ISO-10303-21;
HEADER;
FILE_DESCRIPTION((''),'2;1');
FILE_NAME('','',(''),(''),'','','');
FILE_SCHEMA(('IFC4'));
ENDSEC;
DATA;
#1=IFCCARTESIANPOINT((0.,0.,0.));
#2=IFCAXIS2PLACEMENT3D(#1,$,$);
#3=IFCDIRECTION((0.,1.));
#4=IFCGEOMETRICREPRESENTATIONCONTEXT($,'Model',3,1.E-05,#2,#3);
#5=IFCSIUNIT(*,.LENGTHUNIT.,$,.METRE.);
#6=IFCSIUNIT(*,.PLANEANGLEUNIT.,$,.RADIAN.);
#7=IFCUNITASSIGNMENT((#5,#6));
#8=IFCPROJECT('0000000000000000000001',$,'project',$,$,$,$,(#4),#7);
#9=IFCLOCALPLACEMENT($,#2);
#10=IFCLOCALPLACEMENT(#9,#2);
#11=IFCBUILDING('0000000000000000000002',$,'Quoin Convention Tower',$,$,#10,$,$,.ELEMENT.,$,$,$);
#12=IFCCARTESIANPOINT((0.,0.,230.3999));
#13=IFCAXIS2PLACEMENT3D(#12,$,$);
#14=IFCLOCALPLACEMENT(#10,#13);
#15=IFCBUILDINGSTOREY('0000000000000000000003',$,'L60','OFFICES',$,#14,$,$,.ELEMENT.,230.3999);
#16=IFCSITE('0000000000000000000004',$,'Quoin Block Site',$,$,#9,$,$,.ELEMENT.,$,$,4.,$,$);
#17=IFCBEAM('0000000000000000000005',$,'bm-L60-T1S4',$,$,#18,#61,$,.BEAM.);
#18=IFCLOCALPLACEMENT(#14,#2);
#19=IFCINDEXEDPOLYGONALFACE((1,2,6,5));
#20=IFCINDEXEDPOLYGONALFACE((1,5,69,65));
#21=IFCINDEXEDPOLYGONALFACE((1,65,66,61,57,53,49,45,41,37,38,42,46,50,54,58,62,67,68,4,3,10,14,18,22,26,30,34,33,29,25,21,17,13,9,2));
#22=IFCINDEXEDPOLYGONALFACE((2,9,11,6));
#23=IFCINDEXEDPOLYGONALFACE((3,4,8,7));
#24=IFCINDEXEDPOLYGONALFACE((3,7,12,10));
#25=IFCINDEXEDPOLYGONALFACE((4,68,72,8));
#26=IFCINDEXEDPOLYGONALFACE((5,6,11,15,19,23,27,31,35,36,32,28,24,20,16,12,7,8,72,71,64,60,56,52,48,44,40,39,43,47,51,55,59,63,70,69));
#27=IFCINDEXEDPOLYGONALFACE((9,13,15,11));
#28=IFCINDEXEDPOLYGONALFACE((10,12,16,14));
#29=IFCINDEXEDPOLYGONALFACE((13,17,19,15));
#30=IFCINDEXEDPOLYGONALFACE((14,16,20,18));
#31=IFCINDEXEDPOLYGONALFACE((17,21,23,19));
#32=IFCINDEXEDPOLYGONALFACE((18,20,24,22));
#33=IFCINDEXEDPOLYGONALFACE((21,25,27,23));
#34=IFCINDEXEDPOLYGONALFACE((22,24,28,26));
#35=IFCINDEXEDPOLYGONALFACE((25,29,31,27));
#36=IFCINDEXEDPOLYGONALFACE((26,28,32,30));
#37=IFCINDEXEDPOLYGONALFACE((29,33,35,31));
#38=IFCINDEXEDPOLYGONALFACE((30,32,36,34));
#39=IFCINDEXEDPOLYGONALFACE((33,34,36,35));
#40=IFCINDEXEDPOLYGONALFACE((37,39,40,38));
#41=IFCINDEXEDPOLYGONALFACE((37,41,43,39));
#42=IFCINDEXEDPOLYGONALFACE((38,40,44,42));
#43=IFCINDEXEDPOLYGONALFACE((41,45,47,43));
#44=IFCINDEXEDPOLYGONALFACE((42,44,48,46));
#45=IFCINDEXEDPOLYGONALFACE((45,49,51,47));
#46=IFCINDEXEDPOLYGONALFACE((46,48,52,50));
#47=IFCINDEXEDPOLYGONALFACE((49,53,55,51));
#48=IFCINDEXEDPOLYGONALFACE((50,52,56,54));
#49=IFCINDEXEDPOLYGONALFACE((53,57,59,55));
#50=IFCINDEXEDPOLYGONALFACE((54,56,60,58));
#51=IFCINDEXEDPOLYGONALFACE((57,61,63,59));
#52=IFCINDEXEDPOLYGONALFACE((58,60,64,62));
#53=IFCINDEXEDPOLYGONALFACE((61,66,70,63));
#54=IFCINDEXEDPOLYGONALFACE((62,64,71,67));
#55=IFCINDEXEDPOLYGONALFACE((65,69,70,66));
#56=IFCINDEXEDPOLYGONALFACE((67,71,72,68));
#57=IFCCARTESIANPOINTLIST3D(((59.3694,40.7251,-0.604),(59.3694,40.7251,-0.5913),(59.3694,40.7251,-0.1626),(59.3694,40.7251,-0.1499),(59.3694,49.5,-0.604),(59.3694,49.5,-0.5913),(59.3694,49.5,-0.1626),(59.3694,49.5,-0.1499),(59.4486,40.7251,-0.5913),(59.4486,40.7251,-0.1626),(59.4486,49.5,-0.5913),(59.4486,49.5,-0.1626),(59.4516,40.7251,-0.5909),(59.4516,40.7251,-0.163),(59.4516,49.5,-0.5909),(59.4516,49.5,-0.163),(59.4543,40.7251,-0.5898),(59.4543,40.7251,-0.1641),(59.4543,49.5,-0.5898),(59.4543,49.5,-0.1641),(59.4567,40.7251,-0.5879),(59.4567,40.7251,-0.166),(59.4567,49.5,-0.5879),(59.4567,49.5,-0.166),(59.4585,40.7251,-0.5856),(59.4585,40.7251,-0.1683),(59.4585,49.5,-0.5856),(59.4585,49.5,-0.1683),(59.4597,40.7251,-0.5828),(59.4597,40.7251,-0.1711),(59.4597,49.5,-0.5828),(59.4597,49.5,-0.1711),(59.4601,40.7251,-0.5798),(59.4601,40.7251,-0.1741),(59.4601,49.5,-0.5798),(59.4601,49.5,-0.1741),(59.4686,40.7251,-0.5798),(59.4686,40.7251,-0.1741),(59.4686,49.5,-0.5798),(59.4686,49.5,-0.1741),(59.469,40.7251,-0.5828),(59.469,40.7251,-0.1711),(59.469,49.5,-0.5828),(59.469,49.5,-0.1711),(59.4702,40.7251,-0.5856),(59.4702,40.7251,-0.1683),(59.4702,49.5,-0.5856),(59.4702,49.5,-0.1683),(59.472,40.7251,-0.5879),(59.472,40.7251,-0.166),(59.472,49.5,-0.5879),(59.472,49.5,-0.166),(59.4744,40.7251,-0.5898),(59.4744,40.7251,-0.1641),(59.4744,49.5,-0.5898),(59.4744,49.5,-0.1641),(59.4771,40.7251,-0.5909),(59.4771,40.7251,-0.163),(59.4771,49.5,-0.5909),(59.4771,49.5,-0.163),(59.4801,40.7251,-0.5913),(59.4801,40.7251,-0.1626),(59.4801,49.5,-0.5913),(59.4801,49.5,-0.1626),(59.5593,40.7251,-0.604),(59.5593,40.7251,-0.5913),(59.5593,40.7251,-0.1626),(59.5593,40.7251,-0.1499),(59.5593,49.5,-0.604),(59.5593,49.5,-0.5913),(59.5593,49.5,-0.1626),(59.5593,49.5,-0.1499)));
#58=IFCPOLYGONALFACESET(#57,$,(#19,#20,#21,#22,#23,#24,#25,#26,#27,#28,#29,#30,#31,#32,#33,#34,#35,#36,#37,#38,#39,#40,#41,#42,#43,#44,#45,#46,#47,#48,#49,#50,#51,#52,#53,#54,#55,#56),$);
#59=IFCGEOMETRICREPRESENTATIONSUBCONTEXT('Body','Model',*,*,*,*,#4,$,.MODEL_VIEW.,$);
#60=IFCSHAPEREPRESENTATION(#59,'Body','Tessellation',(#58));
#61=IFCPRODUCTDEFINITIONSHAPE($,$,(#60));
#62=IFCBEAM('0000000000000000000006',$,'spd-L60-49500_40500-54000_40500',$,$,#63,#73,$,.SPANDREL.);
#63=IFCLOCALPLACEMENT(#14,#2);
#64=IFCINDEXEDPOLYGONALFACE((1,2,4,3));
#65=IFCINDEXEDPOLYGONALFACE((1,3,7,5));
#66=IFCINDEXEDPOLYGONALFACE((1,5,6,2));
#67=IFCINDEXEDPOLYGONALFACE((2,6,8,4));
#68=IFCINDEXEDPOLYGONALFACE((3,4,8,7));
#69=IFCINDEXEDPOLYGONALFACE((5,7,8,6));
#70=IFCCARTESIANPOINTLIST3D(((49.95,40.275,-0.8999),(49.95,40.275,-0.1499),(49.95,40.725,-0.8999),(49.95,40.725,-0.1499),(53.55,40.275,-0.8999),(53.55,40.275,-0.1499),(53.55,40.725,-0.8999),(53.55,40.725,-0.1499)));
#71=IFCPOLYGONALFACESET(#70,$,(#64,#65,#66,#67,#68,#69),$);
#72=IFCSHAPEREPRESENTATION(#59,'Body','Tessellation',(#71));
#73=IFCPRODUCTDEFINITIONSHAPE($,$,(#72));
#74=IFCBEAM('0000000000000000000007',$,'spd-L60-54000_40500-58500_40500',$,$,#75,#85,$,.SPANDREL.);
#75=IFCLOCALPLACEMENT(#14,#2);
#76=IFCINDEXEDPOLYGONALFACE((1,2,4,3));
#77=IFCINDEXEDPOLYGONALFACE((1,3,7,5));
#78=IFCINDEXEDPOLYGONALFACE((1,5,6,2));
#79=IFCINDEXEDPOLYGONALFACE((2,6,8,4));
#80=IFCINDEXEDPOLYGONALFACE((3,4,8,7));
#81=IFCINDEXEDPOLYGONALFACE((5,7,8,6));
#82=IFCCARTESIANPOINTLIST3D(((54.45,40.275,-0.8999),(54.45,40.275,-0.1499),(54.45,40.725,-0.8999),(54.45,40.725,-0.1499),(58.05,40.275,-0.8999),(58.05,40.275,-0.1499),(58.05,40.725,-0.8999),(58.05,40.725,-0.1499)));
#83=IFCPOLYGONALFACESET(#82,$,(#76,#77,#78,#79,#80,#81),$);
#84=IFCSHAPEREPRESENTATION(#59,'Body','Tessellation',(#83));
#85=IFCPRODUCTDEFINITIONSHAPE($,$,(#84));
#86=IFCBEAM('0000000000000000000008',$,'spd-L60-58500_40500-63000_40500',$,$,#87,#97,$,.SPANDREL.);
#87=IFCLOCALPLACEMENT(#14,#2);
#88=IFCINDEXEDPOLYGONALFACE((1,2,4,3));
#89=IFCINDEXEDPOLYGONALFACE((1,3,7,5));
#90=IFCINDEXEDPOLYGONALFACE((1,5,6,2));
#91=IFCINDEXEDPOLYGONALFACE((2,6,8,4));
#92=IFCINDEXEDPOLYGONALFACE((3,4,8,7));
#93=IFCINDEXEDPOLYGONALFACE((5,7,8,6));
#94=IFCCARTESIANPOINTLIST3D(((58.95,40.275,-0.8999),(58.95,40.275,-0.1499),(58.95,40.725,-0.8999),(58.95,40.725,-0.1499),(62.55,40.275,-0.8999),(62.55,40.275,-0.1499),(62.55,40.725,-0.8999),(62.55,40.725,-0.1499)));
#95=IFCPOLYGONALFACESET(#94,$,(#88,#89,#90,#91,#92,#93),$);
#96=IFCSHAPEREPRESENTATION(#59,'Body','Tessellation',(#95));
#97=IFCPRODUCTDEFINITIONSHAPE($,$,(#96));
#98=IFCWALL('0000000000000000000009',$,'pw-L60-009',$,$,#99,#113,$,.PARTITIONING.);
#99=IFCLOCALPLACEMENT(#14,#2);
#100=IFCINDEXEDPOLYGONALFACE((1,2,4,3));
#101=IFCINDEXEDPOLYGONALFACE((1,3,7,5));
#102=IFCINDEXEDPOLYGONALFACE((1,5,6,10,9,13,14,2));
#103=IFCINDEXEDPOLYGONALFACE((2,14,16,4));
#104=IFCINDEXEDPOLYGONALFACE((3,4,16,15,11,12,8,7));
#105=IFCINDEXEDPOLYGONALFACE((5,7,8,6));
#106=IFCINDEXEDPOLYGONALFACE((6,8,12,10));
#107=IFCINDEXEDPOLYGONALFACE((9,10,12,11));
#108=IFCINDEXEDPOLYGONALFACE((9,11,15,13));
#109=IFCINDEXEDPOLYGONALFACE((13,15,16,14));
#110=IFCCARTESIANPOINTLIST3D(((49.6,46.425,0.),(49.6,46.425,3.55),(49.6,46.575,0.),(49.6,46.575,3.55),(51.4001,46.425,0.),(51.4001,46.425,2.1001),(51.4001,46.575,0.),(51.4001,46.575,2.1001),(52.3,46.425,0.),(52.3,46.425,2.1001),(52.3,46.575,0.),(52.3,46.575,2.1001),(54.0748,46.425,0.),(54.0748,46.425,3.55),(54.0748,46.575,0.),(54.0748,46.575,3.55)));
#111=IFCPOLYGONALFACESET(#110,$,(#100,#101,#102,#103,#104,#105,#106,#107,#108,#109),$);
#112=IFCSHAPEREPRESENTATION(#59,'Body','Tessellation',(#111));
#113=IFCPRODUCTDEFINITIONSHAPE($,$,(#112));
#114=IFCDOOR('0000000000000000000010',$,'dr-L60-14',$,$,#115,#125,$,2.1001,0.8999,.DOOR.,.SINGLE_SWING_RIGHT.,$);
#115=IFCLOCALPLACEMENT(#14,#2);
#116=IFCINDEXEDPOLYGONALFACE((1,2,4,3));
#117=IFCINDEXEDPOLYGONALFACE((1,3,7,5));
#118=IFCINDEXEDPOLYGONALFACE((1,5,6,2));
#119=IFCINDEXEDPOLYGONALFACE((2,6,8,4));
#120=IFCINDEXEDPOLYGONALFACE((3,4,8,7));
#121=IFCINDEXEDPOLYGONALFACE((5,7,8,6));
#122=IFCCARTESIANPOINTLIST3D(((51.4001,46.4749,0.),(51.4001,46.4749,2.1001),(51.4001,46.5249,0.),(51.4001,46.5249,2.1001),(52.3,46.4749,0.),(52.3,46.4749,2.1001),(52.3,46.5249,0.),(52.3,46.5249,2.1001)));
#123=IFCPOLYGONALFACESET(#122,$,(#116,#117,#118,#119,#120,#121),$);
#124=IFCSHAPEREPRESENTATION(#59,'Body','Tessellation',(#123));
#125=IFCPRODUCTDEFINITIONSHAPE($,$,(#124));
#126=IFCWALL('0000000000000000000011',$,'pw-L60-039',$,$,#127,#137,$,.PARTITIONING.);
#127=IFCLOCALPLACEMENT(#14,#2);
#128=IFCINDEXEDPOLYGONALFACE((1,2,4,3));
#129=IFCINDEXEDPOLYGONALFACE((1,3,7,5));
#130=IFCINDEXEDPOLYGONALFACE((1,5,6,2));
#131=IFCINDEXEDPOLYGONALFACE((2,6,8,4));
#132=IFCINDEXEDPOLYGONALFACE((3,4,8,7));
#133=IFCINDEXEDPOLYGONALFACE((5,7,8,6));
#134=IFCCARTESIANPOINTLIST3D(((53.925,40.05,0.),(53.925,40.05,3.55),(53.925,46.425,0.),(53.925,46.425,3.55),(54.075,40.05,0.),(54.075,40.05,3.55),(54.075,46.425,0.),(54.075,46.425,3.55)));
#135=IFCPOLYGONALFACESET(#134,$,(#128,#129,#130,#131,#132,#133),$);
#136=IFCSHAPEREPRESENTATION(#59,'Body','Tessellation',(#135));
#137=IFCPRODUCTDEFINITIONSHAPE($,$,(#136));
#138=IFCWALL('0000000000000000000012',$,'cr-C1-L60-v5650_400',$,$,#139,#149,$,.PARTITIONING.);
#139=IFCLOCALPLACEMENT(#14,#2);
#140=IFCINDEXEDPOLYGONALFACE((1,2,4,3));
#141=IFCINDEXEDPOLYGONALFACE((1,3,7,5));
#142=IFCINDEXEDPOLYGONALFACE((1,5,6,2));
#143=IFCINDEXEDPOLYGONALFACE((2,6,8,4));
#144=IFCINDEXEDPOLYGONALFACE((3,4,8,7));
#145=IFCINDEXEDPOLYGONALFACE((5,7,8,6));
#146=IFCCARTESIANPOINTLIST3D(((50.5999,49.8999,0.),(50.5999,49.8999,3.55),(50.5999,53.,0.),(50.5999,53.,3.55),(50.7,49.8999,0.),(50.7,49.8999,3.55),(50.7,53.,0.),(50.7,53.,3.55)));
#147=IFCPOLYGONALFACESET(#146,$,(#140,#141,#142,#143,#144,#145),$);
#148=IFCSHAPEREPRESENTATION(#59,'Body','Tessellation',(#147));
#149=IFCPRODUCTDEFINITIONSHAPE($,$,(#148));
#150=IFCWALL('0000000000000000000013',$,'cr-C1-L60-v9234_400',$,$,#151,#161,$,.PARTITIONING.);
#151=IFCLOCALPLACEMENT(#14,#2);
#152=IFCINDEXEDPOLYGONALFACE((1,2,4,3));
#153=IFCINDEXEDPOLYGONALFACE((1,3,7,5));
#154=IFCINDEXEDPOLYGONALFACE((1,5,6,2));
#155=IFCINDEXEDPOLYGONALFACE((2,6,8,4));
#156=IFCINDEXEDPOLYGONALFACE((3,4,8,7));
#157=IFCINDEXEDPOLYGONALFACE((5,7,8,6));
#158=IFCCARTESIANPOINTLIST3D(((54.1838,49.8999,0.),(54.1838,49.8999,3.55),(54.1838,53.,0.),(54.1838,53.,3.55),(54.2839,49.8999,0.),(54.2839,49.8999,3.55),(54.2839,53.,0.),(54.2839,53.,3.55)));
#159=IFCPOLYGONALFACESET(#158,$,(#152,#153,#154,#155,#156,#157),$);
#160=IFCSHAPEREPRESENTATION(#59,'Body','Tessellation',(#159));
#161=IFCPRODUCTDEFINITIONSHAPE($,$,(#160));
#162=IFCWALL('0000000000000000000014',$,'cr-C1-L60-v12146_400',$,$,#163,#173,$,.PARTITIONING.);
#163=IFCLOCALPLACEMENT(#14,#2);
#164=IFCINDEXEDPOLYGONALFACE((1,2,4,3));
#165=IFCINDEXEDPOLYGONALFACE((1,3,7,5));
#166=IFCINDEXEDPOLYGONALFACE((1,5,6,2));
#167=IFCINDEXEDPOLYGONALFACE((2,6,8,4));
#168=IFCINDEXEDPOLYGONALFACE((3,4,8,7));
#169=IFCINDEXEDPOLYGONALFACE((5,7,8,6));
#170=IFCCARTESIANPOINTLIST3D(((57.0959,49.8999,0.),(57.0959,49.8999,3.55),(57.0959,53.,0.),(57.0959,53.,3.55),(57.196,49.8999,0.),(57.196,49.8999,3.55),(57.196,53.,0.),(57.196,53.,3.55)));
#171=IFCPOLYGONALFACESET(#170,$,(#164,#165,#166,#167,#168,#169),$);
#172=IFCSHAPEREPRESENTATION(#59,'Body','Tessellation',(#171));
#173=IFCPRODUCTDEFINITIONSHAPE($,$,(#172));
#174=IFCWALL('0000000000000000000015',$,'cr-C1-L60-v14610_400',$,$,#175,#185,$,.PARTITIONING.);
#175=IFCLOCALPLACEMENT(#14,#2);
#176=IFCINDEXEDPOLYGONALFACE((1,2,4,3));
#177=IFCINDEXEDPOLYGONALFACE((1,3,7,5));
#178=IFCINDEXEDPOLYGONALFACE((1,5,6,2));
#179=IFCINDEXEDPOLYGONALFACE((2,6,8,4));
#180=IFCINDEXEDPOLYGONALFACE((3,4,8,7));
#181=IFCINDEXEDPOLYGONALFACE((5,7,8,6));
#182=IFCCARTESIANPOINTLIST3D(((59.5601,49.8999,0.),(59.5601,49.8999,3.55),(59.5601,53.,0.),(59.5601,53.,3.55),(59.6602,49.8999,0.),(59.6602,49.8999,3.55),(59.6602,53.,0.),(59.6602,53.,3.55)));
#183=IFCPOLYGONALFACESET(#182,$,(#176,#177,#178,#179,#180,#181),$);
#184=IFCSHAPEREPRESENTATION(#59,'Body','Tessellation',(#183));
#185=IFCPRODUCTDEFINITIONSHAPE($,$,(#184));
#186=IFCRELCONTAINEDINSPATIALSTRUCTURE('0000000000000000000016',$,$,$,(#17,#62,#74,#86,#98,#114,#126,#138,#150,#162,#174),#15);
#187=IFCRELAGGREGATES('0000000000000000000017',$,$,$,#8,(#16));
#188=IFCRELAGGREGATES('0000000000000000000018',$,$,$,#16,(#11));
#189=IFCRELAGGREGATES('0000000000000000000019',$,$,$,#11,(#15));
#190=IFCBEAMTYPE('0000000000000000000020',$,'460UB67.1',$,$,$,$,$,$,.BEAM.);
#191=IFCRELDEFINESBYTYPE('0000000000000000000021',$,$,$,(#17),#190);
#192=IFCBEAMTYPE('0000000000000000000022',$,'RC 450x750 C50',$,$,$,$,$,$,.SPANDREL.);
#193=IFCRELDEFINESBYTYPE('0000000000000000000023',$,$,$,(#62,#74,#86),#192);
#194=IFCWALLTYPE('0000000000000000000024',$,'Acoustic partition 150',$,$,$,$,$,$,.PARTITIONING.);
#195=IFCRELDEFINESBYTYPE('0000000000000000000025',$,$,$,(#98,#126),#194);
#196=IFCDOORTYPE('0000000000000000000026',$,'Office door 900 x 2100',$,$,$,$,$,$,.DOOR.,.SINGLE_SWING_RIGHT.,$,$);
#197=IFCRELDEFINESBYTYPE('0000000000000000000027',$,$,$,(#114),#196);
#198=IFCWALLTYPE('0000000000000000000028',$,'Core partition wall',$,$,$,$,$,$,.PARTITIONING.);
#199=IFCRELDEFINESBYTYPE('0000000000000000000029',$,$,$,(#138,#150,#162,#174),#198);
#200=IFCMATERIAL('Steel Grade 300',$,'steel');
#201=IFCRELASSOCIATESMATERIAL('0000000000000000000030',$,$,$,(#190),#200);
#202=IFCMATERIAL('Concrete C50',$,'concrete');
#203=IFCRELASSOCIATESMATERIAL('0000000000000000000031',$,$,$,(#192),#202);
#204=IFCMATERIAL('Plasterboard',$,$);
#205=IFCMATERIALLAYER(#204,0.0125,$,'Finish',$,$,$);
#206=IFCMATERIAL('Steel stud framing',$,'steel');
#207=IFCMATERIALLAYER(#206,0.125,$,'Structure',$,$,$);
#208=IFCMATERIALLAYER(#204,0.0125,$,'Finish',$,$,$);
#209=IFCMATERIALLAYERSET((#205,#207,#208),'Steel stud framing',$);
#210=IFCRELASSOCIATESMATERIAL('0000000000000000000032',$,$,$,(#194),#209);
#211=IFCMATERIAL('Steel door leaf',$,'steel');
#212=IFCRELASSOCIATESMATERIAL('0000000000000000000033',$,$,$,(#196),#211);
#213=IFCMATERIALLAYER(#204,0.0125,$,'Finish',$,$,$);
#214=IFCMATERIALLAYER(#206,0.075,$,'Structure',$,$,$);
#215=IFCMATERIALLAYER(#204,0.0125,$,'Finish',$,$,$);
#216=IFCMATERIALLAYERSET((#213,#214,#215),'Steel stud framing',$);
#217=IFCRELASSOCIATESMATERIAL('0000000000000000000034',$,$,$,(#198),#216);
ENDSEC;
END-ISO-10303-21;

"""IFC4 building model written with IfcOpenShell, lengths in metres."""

from ifc_helpers import new_model, si_unit, direction, frame, frame_2d, origin, origin_2d, place, context, subcontext, project, spatial, rectangle, i_section, extrude, material, layer, layer_set, material_profile, profile_set, type_object, element, fill, save


model = new_model("IFC4")

# Units and contexts
model_context = context("Model", 3, precision=1e-05, world=origin(), true_north=direction((0.0, 1.0)))
body_context = subcontext(model_context, "Body", "Model", "MODEL_VIEW")
ifc_project = project(units=[si_unit("LENGTHUNIT", "METRE"), si_unit("PLANEANGLEUNIT", "RADIAN")], contexts=[model_context])

# Site, building, storey
site_placement = place(None, origin())
site = spatial("IfcSite", under=ifc_project, at=site_placement, Name="Quoin Block Site", CompositionType="ELEMENT", RefElevation=4.0)
building_placement = place(site_placement, origin())
building = spatial("IfcBuilding", under=site, at=building_placement, Name="Quoin Convention Tower", CompositionType="ELEMENT")
storey_placement = place(building_placement, frame((0.0, 0.0, 230.3999)))
storey = spatial("IfcBuildingStorey", under=building, at=storey_placement, Name="L60", Description="OFFICES", CompositionType="ELEMENT", Elevation=230.3999)

# Shared definitions
ifc_material_1 = material(Name="Concrete C50", Category="concrete")

# Beams
ifc_material_2 = material(Name="Steel Grade 300", Category="steel")
ifc_material_profile_1 = material_profile(ifc_material_2, i_section(OverallWidth=0.1899, OverallDepth=0.4541, WebThickness=0.0085, FlangeThickness=0.0127, FilletRadius=0.0115, at=origin_2d()), Name="460UB67.1")
ifc_profile_set_1 = profile_set([ifc_material_profile_1], Name="Steel Grade 300")
beam_type_1 = type_object("IfcBeamType", Name="460UB67.1", PredefinedType="BEAM", material=ifc_profile_set_1)
for number, where, z_axis, x_axis, name in (
    (1, (59.4644, 40.7251, -0.377), (0.0, 1.0, 0.0), (-1.0, 0.0, 0.0), "bm-L60-T1S4"),
):
    element("IfcBeam", number, at=place(storey_placement, frame(where, z_axis=z_axis, x_axis=x_axis)), inside=storey, type_object=beam_type_1, Name=name, PredefinedType="BEAM", context=body_context, shape_type="SweptSolid", body=[
        extrude(i_section(OverallWidth=0.1899, OverallDepth=0.4541, WebThickness=0.0085, FlangeThickness=0.0127, FilletRadius=0.0115, at=origin_2d()), origin(), (0.0, 0.0, 1.0), 8.7749),
    ])
ifc_material_profile_2 = material_profile(ifc_material_1, rectangle(XDim=0.45, YDim=0.75, at=origin_2d()), Name="RC 450x750")
ifc_profile_set_2 = profile_set([ifc_material_profile_2], Name="Concrete C50")
beam_type_2 = type_object("IfcBeamType", Name="RC 450x750 C50", PredefinedType="SPANDREL", material=ifc_profile_set_2)
for number, where, z_axis, x_axis, name in (
    (2, (49.95, 40.5, -0.5249), (1.0, 0.0, 0.0), (0.0, 1.0, 0.0), "spd-L60-49500_40500-54000_40500"),
    (3, (54.45, 40.5, -0.5249), (1.0, 0.0, 0.0), (0.0, 1.0, 0.0), "spd-L60-54000_40500-58500_40500"),
    (4, (58.95, 40.5, -0.5249), (1.0, 0.0, 0.0), (0.0, 1.0, 0.0), "spd-L60-58500_40500-63000_40500"),
):
    element("IfcBeam", number, at=place(storey_placement, frame(where, z_axis=z_axis, x_axis=x_axis)), inside=storey, type_object=beam_type_2, Name=name, PredefinedType="SPANDREL", context=body_context, shape_type="SweptSolid", body=[
        extrude(rectangle(XDim=0.45, YDim=0.75, at=origin_2d()), origin(), (0.0, 0.0, 1.0), 3.6001),
    ])

# Wall, opening, door
ifc_material_3 = material(Name="Plasterboard")
ifc_layer_1 = layer(ifc_material_3, 0.0125, Name="Finish")
ifc_material_4 = material(Name="Steel stud framing", Category="steel")
ifc_layer_2 = layer(ifc_material_4, 0.125, Name="Structure")
ifc_layer_3 = layer(ifc_material_3, 0.0125, Name="Finish")
ifc_layer_set_1 = layer_set([ifc_layer_1, ifc_layer_2, ifc_layer_3], Name="Steel stud framing")
wall_type_1 = type_object("IfcWallType", Name="Acoustic partition 150", PredefinedType="PARTITIONING", material=ifc_layer_set_1)
wall_1_placement = place(storey_placement, frame((49.6001, 46.5, 0.0), z_axis=(0.0, 0.0, 1.0), x_axis=(1.0, 0.0, 0.0)))
wall_1 = element("IfcWall", 5, at=wall_1_placement, inside=storey, type_object=wall_type_1, Name="pw-L60-009", PredefinedType="PARTITIONING", context=body_context, shape_type="SweptSolid", body=[
    extrude(rectangle(XDim=4.4749, YDim=0.1499, at=frame_2d((2.2373, 0.0))), origin(), (0.0, 0.0, 1.0), 3.55),
])
opening_1_placement = place(wall_1_placement, frame((1.8, 0.0, 0.0)))
opening_1 = element("IfcOpeningElement", 6, at=opening_1_placement, cuts=wall_1, PredefinedType="OPENING", context=body_context, shape_type="SweptSolid", body=[
    extrude(rectangle(XDim=0.8999, YDim=2.1001, at=frame_2d((0.45, 1.05))), frame((0.0, 0.085, 0.0), z_axis=(0.0, -1.0, 0.0), x_axis=(1.0, 0.0, 0.0)), (0.0, 0.0, 1.0), 0.1699),
])
ifc_material_5 = material(Name="Steel door leaf", Category="steel")
door_type_1 = type_object("IfcDoorType", Name="Office door 900 x 2100", OperationType="SINGLE_SWING_RIGHT", PredefinedType="DOOR", material=ifc_material_5)
door_1_placement = place(opening_1_placement, origin())
door_1 = element("IfcDoor", 7, at=door_1_placement, inside=storey, type_object=door_type_1, Name="dr-L60-14", OperationType="SINGLE_SWING_RIGHT", OverallHeight=2.1001, OverallWidth=0.8999, PredefinedType="DOOR", context=body_context, shape_type="SweptSolid", body=[
    extrude(rectangle(XDim=0.8999, YDim=2.1001, at=frame_2d((0.45, 1.05))), frame((0.0, 0.0249, 0.0), z_axis=(0.0, -1.0, 0.0), x_axis=(1.0, 0.0, 0.0)), (0.0, 0.0, 1.0), 0.05),
])
fill(opening_1, door_1)

# Walls
wall_2_placement = place(storey_placement, frame((54.0, 40.05, 0.0), z_axis=(0.0, 0.0, 1.0), x_axis=(0.0, 1.0, 0.0)))
element("IfcWall", 8, at=wall_2_placement, inside=storey, type_object=wall_type_1, Name="pw-L60-039", PredefinedType="PARTITIONING", context=body_context, shape_type="SweptSolid", body=[
    extrude(rectangle(XDim=6.375, YDim=0.1499, at=frame_2d((3.1875, 0.0))), origin(), (0.0, 0.0, 1.0), 3.55),
])
ifc_layer_4 = layer(ifc_material_3, 0.0125, Name="Finish")
ifc_layer_5 = layer(ifc_material_4, 0.075, Name="Structure")
ifc_layer_6 = layer(ifc_material_3, 0.0125, Name="Finish")
ifc_layer_set_2 = layer_set([ifc_layer_4, ifc_layer_5, ifc_layer_6], Name="Steel stud framing")
wall_type_2 = type_object("IfcWallType", Name="Core partition wall", PredefinedType="PARTITIONING", material=ifc_layer_set_2)
for number, where, z_axis, x_axis, name in (
    (9, (50.6499, 49.8999, 0.0), (0.0, 0.0, 1.0), (0.0, 1.0, 0.0), "cr-C1-L60-v5650_400"),
    (10, (54.2339, 49.8999, 0.0), (0.0, 0.0, 1.0), (0.0, 1.0, 0.0), "cr-C1-L60-v9234_400"),
    (11, (57.146, 49.8999, 0.0), (0.0, 0.0, 1.0), (0.0, 1.0, 0.0), "cr-C1-L60-v12146_400"),
    (12, (59.6101, 49.8999, 0.0), (0.0, 0.0, 1.0), (0.0, 1.0, 0.0), "cr-C1-L60-v14610_400"),
):
    element("IfcWall", number, at=place(storey_placement, frame(where, z_axis=z_axis, x_axis=x_axis)), inside=storey, type_object=wall_type_2, Name=name, PredefinedType="PARTITIONING", context=body_context, shape_type="SweptSolid", body=[
        extrude(rectangle(XDim=3.1001, YDim=0.1001, at=frame_2d((1.55, 0.0))), origin(), (0.0, 0.0, 1.0), 3.55),
    ])

save(model, "model.ifc")
